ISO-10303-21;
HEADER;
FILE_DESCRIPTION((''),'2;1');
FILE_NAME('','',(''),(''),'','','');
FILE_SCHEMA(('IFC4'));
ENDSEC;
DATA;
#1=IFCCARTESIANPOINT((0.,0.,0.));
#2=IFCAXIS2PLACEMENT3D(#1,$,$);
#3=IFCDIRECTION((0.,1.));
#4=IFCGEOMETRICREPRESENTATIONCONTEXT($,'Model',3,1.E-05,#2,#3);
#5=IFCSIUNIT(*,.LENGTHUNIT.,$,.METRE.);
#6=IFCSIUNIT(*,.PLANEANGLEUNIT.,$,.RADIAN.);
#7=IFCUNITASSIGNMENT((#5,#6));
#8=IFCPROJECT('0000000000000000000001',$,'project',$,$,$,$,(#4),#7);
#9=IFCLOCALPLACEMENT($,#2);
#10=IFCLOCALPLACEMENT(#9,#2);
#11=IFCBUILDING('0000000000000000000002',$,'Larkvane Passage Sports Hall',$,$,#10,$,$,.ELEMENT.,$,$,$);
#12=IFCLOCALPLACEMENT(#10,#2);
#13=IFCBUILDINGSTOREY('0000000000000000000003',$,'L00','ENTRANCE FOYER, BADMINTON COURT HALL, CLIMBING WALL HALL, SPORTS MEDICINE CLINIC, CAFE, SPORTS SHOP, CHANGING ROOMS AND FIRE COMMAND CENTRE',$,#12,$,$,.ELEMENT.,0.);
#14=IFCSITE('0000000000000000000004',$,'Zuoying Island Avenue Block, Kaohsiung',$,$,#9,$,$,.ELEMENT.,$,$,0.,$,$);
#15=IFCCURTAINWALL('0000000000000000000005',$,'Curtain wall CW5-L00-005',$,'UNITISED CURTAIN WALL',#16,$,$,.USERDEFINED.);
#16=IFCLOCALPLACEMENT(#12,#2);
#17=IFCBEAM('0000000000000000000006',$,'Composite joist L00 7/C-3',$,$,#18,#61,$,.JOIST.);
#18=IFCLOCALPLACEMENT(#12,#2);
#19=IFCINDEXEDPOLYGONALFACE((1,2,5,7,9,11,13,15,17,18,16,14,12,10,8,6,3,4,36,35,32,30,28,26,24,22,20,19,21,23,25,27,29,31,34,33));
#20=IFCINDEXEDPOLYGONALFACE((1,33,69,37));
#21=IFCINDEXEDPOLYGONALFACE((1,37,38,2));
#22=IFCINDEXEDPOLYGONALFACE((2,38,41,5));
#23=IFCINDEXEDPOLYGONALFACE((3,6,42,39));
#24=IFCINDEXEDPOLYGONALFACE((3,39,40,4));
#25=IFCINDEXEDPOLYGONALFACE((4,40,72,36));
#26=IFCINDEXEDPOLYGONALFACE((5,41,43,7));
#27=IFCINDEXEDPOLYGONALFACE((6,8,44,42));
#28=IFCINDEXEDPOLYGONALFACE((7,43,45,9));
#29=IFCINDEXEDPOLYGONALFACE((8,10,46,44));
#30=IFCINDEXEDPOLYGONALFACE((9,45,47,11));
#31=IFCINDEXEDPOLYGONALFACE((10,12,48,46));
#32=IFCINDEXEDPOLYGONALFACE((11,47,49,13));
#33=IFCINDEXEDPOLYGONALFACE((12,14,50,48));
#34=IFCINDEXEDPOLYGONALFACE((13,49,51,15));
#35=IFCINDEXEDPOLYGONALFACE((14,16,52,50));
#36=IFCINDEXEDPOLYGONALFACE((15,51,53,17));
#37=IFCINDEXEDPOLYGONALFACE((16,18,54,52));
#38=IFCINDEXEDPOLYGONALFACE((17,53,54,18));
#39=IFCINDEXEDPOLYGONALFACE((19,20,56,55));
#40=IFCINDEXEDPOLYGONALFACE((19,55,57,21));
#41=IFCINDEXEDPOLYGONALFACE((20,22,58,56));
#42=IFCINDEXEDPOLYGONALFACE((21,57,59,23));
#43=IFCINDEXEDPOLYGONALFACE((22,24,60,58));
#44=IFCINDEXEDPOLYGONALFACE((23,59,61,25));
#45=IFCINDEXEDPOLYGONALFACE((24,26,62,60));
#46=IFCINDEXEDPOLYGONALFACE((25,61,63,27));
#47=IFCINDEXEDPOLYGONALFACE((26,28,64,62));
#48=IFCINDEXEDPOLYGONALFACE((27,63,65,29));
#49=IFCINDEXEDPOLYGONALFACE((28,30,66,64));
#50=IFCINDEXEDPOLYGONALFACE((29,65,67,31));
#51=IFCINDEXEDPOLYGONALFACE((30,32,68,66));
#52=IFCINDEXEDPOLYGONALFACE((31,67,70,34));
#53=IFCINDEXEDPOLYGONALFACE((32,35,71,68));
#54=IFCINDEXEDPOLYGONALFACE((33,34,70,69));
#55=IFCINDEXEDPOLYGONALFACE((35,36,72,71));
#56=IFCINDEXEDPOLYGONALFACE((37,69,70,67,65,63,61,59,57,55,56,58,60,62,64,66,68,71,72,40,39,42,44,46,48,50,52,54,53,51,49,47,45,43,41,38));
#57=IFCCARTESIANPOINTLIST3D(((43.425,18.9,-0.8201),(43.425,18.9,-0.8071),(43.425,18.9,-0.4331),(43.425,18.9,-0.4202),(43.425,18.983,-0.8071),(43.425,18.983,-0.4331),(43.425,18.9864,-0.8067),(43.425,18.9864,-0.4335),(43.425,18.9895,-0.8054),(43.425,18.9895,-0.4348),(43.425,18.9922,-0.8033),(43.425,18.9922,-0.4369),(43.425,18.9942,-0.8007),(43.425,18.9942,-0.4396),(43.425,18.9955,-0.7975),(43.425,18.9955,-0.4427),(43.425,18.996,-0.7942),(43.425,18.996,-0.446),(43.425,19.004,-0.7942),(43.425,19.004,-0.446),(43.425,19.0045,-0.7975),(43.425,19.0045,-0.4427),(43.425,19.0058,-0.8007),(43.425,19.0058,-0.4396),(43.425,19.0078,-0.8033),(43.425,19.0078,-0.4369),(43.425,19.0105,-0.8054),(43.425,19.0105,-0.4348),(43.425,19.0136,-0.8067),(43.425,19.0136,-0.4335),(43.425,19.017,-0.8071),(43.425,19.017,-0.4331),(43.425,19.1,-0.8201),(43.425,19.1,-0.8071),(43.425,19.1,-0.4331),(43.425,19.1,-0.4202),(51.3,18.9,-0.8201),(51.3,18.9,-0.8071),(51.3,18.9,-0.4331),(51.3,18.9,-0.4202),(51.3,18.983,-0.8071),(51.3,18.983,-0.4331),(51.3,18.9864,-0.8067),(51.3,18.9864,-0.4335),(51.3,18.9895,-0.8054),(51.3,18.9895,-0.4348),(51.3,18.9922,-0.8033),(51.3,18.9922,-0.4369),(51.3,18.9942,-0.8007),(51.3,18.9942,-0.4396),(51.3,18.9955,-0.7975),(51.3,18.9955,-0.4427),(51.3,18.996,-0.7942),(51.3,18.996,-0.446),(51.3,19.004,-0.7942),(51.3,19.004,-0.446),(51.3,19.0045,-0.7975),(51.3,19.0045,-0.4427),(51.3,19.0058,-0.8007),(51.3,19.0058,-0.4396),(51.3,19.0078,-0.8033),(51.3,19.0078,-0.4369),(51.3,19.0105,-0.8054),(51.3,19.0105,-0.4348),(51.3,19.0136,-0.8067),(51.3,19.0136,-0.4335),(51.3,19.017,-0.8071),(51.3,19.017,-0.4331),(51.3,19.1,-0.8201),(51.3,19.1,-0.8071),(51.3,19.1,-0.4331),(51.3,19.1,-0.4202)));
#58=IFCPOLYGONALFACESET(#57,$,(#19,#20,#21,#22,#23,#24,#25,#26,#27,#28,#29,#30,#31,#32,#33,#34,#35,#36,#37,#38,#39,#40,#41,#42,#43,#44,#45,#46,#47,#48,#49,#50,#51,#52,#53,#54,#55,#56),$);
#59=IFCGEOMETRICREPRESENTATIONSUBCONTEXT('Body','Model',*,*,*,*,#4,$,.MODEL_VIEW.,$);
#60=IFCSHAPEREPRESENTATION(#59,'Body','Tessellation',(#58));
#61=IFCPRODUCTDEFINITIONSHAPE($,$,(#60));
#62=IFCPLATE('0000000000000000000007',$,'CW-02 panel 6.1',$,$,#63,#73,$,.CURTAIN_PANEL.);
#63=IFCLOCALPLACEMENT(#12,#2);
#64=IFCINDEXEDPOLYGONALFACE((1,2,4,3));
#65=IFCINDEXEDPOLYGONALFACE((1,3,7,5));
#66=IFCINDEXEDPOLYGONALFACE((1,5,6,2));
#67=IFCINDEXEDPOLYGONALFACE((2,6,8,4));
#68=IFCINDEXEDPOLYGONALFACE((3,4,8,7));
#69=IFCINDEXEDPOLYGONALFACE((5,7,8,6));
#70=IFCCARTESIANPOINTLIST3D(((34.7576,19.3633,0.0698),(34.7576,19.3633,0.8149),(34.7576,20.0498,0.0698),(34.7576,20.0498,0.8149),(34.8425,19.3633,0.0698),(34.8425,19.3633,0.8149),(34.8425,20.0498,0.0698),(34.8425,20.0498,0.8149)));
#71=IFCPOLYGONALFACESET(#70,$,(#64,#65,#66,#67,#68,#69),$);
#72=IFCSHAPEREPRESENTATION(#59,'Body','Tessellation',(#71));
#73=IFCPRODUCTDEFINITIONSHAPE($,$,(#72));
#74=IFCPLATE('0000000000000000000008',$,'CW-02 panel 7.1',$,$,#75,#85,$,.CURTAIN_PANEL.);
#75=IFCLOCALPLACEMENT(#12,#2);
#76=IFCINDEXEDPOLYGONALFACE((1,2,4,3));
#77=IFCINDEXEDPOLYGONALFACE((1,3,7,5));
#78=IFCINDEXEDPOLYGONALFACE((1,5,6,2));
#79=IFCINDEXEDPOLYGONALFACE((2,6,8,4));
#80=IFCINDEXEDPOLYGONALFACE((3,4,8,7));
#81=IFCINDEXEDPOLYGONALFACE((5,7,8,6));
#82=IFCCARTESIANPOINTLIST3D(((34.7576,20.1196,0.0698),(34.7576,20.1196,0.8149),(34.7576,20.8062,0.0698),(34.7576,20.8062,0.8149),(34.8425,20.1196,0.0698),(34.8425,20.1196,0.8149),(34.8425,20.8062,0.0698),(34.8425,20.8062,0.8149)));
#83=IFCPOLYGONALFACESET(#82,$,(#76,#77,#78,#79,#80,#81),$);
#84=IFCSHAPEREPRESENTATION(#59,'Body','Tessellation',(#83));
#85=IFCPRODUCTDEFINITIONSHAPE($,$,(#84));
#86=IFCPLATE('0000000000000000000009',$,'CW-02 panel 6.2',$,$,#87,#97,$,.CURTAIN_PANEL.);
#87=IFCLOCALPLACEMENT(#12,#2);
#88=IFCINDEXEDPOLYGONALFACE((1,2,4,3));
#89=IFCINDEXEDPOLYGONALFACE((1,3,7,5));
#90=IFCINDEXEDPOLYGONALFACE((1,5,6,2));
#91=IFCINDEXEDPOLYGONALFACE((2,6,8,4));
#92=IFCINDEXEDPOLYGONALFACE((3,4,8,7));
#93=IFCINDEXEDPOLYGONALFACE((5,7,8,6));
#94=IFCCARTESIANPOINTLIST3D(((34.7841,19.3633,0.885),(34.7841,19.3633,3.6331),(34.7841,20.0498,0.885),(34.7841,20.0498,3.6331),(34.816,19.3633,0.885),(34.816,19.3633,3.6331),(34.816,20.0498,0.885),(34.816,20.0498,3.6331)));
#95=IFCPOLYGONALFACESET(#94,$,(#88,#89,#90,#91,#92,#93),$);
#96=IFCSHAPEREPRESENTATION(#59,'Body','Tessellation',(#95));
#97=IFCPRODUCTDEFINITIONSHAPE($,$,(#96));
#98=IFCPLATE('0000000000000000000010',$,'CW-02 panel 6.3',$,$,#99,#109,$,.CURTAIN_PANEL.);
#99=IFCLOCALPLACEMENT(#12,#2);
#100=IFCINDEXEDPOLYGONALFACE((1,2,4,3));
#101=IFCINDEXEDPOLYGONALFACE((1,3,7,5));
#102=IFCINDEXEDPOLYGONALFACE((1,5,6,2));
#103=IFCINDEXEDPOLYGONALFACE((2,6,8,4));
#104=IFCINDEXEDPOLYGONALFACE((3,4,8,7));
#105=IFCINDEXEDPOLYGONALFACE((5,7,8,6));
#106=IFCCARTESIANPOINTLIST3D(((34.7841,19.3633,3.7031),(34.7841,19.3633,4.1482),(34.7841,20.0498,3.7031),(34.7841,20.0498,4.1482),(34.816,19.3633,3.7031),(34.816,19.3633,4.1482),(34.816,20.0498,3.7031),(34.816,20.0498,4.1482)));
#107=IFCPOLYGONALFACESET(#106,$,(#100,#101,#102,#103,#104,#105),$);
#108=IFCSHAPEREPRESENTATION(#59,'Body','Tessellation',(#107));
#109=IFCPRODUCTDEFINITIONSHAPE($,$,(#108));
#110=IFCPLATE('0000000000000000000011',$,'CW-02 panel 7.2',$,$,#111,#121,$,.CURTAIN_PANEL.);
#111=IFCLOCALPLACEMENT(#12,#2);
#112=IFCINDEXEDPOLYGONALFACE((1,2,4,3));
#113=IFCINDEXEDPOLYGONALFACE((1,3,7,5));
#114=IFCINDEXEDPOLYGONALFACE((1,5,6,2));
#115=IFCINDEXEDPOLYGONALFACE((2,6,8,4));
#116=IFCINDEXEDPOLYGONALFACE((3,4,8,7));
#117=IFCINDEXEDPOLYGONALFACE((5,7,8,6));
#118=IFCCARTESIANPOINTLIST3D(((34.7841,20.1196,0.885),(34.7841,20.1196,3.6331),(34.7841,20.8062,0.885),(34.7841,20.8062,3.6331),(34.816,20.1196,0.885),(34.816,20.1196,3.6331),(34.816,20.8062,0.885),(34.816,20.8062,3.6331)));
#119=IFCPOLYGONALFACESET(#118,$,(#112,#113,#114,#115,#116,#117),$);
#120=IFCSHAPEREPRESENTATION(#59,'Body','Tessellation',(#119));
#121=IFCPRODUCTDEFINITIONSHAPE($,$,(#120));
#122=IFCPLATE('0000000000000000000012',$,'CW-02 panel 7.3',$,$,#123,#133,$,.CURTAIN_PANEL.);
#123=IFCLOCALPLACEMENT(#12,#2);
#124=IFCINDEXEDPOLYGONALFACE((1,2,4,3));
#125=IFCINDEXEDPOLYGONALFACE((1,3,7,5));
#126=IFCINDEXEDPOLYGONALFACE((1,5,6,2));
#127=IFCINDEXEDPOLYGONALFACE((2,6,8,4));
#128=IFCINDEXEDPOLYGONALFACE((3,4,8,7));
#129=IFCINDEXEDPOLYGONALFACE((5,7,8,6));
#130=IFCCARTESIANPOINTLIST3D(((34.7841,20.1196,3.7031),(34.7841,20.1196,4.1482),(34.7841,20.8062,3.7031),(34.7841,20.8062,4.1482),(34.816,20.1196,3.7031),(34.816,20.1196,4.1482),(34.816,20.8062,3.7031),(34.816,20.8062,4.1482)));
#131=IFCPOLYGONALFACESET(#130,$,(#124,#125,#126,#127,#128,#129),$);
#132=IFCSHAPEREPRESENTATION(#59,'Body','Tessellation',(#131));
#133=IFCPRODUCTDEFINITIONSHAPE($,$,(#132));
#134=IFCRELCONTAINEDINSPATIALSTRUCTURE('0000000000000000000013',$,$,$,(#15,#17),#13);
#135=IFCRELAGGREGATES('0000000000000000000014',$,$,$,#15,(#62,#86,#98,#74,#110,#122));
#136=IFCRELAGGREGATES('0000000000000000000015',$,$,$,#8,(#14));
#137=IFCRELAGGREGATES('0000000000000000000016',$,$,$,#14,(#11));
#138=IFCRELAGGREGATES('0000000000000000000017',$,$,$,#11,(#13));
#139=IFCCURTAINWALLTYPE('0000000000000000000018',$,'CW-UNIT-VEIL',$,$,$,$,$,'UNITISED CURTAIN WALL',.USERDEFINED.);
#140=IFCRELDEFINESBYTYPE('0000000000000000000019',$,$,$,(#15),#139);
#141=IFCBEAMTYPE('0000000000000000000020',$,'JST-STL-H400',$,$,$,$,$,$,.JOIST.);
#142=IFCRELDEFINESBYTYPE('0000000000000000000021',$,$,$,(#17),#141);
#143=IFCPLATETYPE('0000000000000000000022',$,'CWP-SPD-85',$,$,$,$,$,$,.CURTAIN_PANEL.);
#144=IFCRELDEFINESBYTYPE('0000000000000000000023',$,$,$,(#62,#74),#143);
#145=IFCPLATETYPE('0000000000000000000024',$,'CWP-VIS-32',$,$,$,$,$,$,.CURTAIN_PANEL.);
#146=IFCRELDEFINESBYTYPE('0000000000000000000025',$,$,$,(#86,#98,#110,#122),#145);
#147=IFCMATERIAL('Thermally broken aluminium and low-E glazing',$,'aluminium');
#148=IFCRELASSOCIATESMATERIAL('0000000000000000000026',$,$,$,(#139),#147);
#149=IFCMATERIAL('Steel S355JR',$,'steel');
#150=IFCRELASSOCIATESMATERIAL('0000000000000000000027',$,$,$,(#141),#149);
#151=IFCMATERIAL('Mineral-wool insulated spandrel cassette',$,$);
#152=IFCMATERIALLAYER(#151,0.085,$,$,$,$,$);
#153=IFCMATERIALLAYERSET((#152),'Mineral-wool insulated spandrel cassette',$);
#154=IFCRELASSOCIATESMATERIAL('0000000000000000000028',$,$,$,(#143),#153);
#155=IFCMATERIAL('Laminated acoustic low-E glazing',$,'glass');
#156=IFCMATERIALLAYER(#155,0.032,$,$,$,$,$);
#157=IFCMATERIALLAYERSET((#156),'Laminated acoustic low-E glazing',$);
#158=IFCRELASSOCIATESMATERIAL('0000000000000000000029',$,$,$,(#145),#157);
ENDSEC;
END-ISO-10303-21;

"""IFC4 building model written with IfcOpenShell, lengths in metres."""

from ifc_helpers import new_model, si_unit, direction, frame, origin, origin_2d, place, context, subcontext, project, spatial, rectangle, i_section, extrude, material, layer, layer_set, material_profile, profile_set, type_object, element, aggregate, save


model = new_model("IFC4")

# Units and contexts
model_context = context("Model", 3, precision=1e-05, world=origin(), true_north=direction((0.0, 1.0)))
body_context = subcontext(model_context, "Body", "Model", "MODEL_VIEW")
ifc_project = project(units=[si_unit("LENGTHUNIT", "METRE"), si_unit("PLANEANGLEUNIT", "RADIAN")], contexts=[model_context])

# Site, building, storey
site_placement = place(None, origin())
site = spatial("IfcSite", under=ifc_project, at=site_placement, Name="Zuoying Island Avenue Block, Kaohsiung", CompositionType="ELEMENT", RefElevation=0.0)
building_placement = place(site_placement, origin())
building = spatial("IfcBuilding", under=site, at=building_placement, Name="Larkvane Passage Sports Hall", CompositionType="ELEMENT")
storey_placement = place(building_placement, origin())
storey = spatial("IfcBuildingStorey", under=building, at=storey_placement, Name="L00", Description="ENTRANCE FOYER, BADMINTON COURT HALL, CLIMBING WALL HALL, SPORTS MEDICINE CLINIC, CAFE, SPORTS SHOP, CHANGING ROOMS AND FIRE COMMAND CENTRE", CompositionType="ELEMENT", Elevation=0.0)

# Curtain wall
ifc_material_1 = material(Name="Thermally broken aluminium and low-E glazing", Category="aluminium")
curtain_wall_type = type_object("IfcCurtainWallType", Name="CW-UNIT-VEIL", ElementType="UNITISED CURTAIN WALL", PredefinedType="USERDEFINED", material=ifc_material_1)
curtain_wall_placement = place(storey_placement, origin())
curtain_wall = element("IfcCurtainWall", 1, at=curtain_wall_placement, inside=storey, type_object=curtain_wall_type, Name="Curtain wall CW5-L00-005", ObjectType="UNITISED CURTAIN WALL", PredefinedType="USERDEFINED")

# Beam
ifc_material_2 = material(Name="Steel S355JR", Category="steel")
ifc_material_profile_1 = material_profile(ifc_material_2, i_section(OverallWidth=0.2, OverallDepth=0.3999, WebThickness=0.0081, FlangeThickness=0.0129, FilletRadius=0.0129, at=origin_2d()), Name="H-400x200x8x13")
ifc_profile_set_1 = profile_set([ifc_material_profile_1], Name="Steel S355JR")
beam_type_1 = type_object("IfcBeamType", Name="JST-STL-H400", PredefinedType="JOIST", material=ifc_profile_set_1)
beam_1_placement = place(storey_placement, frame((43.425, 19.0, -0.6201), z_axis=(1.0, 0.0, 0.0), x_axis=(0.0, 1.0, 0.0)))
element("IfcBeam", 2, at=beam_1_placement, inside=storey, type_object=beam_type_1, Name="Composite joist L00 7/C-3", PredefinedType="JOIST", context=body_context, shape_type="SweptSolid", body=[
    extrude(i_section(OverallWidth=0.2, OverallDepth=0.3999, WebThickness=0.0081, FlangeThickness=0.0129, FilletRadius=0.0129, at=origin_2d()), origin(), (0.0, 0.0, 1.0), 7.875),
])

# Plates
ifc_material_3 = material(Name="Mineral-wool insulated spandrel cassette")
ifc_layer_1 = layer(ifc_material_3, 0.085)
ifc_layer_set_1 = layer_set([ifc_layer_1], Name="Mineral-wool insulated spandrel cassette")
plate_type_1 = type_object("IfcPlateType", Name="CWP-SPD-85", PredefinedType="CURTAIN_PANEL", material=ifc_layer_set_1)
plate_1_placement = place(storey_placement, frame((34.8, 19.7065, 0.0698), z_axis=(0.0, 0.0, 1.0), x_axis=(0.0, 1.0, 0.0)))
plate_1 = element("IfcPlate", 3, at=plate_1_placement, type_object=plate_type_1, Name="CW-02 panel 6.1", PredefinedType="CURTAIN_PANEL", context=body_context, shape_type="SweptSolid", body=[
    extrude(rectangle(XDim=0.6865, YDim=0.085, at=origin_2d()), origin(), (0.0, 0.0, 1.0), 0.7451),
])
plate_2_placement = place(storey_placement, frame((34.8, 20.4629, 0.0698), z_axis=(0.0, 0.0, 1.0), x_axis=(0.0, 1.0, 0.0)))
plate_2 = element("IfcPlate", 4, at=plate_2_placement, type_object=plate_type_1, Name="CW-02 panel 7.1", PredefinedType="CURTAIN_PANEL", context=body_context, shape_type="SweptSolid", body=[
    extrude(rectangle(XDim=0.6865, YDim=0.085, at=origin_2d()), origin(), (0.0, 0.0, 1.0), 0.7451),
])
ifc_material_4 = material(Name="Laminated acoustic low-E glazing", Category="glass")
ifc_layer_2 = layer(ifc_material_4, 0.032)
ifc_layer_set_2 = layer_set([ifc_layer_2], Name="Laminated acoustic low-E glazing")
plate_type_2 = type_object("IfcPlateType", Name="CWP-VIS-32", PredefinedType="CURTAIN_PANEL", material=ifc_layer_set_2)
plate_3_placement = place(storey_placement, frame((34.8, 19.7065, 0.885), z_axis=(0.0, 0.0, 1.0), x_axis=(0.0, 1.0, 0.0)))
plate_3 = element("IfcPlate", 5, at=plate_3_placement, type_object=plate_type_2, Name="CW-02 panel 6.2", PredefinedType="CURTAIN_PANEL", context=body_context, shape_type="SweptSolid", body=[
    extrude(rectangle(XDim=0.6865, YDim=0.032, at=origin_2d()), origin(), (0.0, 0.0, 1.0), 2.748),
])
plate_4_placement = place(storey_placement, frame((34.8, 19.7065, 3.7031), z_axis=(0.0, 0.0, 1.0), x_axis=(0.0, 1.0, 0.0)))
plate_4 = element("IfcPlate", 6, at=plate_4_placement, type_object=plate_type_2, Name="CW-02 panel 6.3", PredefinedType="CURTAIN_PANEL", context=body_context, shape_type="SweptSolid", body=[
    extrude(rectangle(XDim=0.6865, YDim=0.032, at=origin_2d()), origin(), (0.0, 0.0, 1.0), 0.4451),
])
plate_5_placement = place(storey_placement, frame((34.8, 20.4629, 0.885), z_axis=(0.0, 0.0, 1.0), x_axis=(0.0, 1.0, 0.0)))
plate_5 = element("IfcPlate", 7, at=plate_5_placement, type_object=plate_type_2, Name="CW-02 panel 7.2", PredefinedType="CURTAIN_PANEL", context=body_context, shape_type="SweptSolid", body=[
    extrude(rectangle(XDim=0.6865, YDim=0.032, at=origin_2d()), origin(), (0.0, 0.0, 1.0), 2.748),
])
plate_6_placement = place(storey_placement, frame((34.8, 20.4629, 3.7031), z_axis=(0.0, 0.0, 1.0), x_axis=(0.0, 1.0, 0.0)))
plate_6 = element("IfcPlate", 8, at=plate_6_placement, type_object=plate_type_2, Name="CW-02 panel 7.3", PredefinedType="CURTAIN_PANEL", context=body_context, shape_type="SweptSolid", body=[
    extrude(rectangle(XDim=0.6865, YDim=0.032, at=origin_2d()), origin(), (0.0, 0.0, 1.0), 0.4451),
])
aggregate(curtain_wall, [plate_1, plate_3, plate_4, plate_2, plate_5, plate_6])

save(model, "model.ifc")
